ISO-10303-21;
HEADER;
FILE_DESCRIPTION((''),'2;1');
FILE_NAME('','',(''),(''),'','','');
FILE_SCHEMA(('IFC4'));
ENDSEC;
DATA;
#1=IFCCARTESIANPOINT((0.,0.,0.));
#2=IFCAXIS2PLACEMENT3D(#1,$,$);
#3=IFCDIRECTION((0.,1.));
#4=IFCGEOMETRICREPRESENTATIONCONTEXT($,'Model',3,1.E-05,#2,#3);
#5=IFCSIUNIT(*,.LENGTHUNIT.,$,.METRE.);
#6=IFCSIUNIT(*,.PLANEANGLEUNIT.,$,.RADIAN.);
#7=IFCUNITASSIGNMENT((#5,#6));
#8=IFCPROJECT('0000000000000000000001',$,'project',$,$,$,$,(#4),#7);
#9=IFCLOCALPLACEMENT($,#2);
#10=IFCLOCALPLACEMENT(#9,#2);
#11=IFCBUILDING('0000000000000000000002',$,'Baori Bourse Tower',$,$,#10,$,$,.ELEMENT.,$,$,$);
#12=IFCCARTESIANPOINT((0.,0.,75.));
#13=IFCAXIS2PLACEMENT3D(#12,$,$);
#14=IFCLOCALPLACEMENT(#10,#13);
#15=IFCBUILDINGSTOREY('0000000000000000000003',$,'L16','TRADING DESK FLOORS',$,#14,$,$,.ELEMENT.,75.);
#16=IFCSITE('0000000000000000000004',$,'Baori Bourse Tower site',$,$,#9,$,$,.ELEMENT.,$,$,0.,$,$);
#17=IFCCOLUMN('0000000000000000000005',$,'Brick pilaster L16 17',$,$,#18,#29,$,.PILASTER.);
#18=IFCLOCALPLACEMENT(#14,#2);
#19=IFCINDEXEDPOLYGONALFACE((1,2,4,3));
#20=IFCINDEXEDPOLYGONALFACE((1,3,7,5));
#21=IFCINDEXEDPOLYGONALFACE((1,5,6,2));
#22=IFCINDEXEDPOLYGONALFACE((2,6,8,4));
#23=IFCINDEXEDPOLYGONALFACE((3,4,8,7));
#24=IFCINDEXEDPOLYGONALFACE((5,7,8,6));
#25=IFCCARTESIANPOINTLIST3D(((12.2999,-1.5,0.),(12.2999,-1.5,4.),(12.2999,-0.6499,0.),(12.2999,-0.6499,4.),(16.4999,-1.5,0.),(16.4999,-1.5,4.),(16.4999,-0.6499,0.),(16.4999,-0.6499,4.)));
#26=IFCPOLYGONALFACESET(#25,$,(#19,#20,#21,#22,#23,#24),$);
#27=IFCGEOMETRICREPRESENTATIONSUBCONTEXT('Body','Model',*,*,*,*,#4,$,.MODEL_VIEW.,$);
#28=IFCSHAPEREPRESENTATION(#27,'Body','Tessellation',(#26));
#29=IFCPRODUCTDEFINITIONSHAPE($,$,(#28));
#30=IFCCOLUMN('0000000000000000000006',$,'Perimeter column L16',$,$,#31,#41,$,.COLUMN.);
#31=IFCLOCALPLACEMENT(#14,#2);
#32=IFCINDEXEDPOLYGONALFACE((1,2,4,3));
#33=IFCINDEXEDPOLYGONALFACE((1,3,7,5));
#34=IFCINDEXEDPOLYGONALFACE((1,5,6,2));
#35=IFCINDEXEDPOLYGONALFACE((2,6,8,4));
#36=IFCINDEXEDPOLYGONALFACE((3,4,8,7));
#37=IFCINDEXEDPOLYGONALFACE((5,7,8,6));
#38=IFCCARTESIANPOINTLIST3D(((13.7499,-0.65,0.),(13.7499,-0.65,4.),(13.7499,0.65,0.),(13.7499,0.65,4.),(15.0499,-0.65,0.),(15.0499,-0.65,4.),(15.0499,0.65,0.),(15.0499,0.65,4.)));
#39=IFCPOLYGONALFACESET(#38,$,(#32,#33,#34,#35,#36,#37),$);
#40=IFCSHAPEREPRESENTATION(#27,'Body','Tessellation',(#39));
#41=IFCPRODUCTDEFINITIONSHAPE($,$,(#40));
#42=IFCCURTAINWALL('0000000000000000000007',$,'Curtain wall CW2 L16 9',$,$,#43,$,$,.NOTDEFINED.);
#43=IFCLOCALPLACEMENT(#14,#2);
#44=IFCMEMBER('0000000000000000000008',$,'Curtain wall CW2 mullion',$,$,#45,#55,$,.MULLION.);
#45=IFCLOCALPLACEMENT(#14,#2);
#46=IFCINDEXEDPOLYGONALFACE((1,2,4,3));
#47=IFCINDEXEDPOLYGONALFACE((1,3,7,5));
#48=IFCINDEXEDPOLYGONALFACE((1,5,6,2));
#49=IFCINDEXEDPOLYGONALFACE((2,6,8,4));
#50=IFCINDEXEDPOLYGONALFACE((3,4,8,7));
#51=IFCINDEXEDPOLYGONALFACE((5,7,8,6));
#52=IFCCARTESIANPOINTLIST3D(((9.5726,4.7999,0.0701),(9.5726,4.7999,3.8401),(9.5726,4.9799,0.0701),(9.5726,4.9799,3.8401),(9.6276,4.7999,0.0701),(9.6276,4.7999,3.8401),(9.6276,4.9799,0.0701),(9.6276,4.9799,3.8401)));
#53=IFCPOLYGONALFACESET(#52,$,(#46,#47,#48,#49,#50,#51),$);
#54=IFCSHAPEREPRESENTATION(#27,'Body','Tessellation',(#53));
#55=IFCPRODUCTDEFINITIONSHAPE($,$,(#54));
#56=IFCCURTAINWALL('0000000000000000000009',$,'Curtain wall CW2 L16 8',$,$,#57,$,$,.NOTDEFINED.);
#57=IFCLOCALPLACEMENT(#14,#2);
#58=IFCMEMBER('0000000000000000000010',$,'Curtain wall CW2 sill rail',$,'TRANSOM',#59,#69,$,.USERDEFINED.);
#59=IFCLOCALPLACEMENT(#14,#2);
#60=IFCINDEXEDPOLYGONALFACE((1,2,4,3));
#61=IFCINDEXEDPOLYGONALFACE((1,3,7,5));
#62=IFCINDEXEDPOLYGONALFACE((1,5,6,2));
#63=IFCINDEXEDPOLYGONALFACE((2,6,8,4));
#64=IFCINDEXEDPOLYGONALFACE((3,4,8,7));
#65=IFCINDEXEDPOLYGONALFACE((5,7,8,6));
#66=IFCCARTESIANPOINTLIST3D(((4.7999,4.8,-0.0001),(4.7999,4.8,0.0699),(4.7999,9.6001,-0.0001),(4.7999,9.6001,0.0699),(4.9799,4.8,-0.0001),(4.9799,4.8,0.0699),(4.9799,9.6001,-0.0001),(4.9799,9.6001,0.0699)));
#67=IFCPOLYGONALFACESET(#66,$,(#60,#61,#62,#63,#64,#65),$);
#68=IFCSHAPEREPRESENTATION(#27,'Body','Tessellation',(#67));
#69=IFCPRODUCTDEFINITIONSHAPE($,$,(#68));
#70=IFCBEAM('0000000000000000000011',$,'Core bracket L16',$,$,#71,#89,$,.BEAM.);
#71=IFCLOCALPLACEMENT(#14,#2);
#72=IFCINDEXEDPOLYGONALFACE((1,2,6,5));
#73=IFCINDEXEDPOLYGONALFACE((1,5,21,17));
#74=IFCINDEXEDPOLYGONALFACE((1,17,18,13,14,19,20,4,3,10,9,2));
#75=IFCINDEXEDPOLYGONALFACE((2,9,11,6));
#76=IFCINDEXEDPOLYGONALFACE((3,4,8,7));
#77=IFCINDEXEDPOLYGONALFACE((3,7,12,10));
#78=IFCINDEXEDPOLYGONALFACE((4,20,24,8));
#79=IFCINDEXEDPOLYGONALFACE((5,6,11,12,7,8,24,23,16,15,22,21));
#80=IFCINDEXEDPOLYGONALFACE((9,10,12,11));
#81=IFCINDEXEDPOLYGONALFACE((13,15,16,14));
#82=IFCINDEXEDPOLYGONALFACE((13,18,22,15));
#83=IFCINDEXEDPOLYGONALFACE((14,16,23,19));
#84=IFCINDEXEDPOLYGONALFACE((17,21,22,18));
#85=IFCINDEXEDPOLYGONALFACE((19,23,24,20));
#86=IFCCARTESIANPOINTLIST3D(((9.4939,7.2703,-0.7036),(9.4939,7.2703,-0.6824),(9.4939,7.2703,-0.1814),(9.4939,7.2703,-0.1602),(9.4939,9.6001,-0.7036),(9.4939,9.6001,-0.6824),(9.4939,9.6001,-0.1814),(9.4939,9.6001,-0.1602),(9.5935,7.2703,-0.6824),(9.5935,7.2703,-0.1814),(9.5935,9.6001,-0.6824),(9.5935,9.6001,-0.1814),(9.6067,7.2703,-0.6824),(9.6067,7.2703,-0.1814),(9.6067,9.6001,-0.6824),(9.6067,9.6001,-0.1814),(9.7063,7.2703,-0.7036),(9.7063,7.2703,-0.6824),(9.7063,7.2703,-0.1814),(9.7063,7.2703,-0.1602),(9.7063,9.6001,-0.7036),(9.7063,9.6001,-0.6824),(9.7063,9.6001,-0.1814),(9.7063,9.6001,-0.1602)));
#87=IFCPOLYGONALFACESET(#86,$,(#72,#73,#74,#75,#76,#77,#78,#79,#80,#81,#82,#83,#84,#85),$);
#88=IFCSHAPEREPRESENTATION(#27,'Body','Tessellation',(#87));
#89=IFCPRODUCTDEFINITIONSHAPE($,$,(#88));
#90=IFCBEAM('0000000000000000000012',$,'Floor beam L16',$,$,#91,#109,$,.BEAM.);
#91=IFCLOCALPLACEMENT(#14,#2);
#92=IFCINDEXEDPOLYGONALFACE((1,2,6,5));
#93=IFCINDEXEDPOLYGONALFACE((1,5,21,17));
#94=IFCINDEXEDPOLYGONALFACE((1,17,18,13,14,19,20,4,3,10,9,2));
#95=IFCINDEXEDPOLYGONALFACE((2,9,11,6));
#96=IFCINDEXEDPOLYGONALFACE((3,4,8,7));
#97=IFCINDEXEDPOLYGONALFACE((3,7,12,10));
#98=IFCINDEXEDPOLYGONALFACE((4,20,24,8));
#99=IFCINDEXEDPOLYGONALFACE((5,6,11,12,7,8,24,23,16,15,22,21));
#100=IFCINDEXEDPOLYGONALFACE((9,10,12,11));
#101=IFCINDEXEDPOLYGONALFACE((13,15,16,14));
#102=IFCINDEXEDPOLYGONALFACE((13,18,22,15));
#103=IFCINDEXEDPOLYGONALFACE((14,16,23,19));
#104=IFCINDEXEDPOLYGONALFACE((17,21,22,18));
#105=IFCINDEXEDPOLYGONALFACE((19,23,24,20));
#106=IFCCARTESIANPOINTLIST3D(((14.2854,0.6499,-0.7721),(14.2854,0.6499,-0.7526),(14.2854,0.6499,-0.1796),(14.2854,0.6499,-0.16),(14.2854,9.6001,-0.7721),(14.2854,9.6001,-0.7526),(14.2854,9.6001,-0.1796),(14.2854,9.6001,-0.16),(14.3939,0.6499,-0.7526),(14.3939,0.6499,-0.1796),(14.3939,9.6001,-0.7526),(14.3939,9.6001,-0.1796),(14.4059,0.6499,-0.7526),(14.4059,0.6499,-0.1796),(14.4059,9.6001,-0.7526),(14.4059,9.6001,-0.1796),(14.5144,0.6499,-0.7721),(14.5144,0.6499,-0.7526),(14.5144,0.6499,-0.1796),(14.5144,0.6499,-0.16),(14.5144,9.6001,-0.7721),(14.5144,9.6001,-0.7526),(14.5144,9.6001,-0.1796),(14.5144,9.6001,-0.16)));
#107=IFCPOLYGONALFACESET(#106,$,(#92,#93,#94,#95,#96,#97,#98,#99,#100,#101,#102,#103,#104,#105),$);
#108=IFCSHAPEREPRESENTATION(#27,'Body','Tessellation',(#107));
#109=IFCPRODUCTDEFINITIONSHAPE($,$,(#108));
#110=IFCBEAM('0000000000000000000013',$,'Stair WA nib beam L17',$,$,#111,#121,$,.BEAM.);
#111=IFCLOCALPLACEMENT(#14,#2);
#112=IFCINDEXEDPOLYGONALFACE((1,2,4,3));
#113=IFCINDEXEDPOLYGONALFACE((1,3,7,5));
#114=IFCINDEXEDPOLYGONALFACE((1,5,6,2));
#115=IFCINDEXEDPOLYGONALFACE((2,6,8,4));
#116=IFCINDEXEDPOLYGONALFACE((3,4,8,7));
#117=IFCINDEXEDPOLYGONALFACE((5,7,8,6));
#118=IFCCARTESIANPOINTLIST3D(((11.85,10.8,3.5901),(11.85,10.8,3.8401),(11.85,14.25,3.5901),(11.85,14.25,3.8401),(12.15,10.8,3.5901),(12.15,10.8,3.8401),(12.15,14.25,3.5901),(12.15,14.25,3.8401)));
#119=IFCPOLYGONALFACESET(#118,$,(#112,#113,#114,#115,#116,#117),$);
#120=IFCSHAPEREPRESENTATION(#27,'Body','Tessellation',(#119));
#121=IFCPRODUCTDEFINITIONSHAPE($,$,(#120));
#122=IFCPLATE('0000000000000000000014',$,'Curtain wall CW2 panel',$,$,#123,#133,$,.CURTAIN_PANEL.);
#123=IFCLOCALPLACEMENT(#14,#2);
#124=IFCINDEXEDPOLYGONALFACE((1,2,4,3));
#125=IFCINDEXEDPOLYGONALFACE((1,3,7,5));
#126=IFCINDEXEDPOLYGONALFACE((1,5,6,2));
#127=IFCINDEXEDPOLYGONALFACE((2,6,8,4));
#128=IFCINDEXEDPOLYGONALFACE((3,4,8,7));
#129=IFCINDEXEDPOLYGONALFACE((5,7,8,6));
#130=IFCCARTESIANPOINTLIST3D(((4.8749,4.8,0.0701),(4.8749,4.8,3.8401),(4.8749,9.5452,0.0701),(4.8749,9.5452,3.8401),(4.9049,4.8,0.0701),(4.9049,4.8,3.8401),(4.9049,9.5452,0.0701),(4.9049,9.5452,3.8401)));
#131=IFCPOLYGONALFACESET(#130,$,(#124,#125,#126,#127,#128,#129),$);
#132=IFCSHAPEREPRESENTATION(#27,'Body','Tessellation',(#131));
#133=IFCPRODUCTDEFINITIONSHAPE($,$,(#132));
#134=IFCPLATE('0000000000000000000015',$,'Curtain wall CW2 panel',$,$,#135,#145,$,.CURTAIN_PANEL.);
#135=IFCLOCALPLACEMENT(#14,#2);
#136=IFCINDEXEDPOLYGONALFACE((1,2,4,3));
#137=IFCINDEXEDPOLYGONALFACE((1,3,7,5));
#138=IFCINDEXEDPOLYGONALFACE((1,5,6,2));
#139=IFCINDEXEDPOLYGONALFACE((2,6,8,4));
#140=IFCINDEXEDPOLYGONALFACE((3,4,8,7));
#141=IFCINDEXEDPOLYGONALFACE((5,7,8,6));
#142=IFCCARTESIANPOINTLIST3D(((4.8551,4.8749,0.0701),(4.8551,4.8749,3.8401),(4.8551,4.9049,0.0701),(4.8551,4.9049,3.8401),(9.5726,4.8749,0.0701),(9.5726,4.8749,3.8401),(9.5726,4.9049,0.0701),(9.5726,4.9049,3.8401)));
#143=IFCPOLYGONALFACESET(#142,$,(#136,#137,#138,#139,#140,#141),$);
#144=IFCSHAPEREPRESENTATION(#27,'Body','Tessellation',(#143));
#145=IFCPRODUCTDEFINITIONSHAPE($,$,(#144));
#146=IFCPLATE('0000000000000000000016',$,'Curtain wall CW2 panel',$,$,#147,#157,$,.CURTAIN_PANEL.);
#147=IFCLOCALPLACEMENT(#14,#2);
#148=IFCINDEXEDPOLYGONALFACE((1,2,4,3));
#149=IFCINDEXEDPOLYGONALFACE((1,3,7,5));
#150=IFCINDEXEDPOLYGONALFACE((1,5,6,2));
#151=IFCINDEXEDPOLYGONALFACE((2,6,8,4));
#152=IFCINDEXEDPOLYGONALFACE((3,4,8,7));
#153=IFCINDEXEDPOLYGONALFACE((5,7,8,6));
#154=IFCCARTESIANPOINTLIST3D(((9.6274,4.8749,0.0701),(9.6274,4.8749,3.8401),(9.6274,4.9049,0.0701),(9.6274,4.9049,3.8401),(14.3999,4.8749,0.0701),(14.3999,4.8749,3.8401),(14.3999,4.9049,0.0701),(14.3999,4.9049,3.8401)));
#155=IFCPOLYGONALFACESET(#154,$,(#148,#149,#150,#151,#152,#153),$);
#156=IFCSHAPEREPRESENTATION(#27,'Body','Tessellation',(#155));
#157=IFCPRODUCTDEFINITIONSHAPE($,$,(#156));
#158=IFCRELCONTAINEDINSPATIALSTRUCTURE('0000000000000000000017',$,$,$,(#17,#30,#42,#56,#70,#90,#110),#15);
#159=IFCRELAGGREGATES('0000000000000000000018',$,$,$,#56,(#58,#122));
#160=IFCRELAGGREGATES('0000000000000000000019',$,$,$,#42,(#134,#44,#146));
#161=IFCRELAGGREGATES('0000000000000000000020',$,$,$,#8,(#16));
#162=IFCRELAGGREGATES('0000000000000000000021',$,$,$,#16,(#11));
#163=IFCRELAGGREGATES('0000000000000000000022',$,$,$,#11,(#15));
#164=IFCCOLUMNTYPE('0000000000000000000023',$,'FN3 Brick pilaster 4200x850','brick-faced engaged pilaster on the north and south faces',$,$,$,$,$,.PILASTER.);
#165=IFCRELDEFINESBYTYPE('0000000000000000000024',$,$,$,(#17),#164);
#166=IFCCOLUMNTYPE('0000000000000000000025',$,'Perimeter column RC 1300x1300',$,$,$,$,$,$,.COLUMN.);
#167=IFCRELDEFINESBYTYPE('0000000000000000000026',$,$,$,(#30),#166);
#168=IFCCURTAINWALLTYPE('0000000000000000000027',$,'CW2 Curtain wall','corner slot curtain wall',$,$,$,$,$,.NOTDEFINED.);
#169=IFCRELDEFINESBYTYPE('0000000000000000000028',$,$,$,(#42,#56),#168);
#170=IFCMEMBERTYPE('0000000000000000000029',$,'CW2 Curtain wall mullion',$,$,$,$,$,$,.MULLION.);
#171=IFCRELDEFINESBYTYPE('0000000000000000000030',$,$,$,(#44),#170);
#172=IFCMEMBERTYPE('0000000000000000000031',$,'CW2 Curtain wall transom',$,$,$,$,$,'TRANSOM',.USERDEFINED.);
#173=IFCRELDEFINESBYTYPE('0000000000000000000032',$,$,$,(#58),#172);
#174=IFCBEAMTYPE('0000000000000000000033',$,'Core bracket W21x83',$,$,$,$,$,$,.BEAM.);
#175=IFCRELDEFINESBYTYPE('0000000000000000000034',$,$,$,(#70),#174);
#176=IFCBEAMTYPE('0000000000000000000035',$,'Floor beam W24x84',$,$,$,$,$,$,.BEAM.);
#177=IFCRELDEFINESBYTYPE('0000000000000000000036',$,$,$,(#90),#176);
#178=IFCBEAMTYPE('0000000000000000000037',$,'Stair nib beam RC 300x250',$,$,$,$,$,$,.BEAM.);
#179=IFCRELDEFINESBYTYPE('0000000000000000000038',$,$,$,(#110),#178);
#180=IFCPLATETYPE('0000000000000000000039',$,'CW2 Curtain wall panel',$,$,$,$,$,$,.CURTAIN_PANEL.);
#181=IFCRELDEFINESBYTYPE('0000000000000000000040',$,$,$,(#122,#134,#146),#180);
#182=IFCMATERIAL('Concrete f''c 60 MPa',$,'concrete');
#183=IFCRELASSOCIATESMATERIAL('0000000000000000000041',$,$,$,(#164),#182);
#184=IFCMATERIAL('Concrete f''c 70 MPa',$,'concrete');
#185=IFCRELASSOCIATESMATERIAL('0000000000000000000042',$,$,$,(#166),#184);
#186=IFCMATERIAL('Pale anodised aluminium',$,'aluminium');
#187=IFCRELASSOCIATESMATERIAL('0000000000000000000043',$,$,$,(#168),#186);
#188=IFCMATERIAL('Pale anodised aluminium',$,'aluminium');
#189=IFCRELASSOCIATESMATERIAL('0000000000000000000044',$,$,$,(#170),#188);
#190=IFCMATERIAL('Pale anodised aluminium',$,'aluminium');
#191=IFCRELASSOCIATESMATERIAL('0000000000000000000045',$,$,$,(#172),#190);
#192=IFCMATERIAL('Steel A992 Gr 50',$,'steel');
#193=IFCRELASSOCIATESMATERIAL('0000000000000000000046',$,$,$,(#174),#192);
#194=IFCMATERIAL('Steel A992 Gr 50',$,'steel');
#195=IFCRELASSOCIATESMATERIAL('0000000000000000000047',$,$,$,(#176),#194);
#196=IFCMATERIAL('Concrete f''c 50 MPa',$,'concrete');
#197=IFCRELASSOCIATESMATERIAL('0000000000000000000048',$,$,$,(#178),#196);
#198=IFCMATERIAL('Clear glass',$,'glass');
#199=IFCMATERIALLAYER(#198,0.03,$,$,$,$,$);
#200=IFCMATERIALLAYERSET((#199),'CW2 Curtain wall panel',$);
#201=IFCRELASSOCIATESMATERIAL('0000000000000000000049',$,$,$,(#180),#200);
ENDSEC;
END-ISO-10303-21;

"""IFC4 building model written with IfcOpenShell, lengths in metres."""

from ifc_helpers import new_model, si_unit, direction, frame, origin, origin_2d, place, context, subcontext, project, spatial, rectangle, i_section, extrude, material, layer, layer_set, material_profile, profile_set, type_object, element, aggregate, save


model = new_model("IFC4")

# Units and contexts
model_context = context("Model", 3, precision=1e-05, world=origin(), true_north=direction((0.0, 1.0)))
body_context = subcontext(model_context, "Body", "Model", "MODEL_VIEW")
ifc_project = project(units=[si_unit("LENGTHUNIT", "METRE"), si_unit("PLANEANGLEUNIT", "RADIAN")], contexts=[model_context])

# Site, building, storey
site_placement = place(None, origin())
site = spatial("IfcSite", under=ifc_project, at=site_placement, Name="Baori Bourse Tower site", CompositionType="ELEMENT", RefElevation=0.0)
building_placement = place(site_placement, origin())
building = spatial("IfcBuilding", under=site, at=building_placement, Name="Baori Bourse Tower", CompositionType="ELEMENT")
storey_placement = place(building_placement, frame((0.0, 0.0, 75.0)))
storey = spatial("IfcBuildingStorey", under=building, at=storey_placement, Name="L16", Description="TRADING DESK FLOORS", CompositionType="ELEMENT", Elevation=75.0)

# Columns
ifc_material_1 = material(Name="Concrete f'c 60 MPa", Category="concrete")
ifc_material_profile_1 = material_profile(ifc_material_1, rectangle(XDim=4.2, YDim=0.8501, at=origin_2d()), Name="RC 4200x850")
ifc_profile_set_1 = profile_set([ifc_material_profile_1], Name="Concrete f'c 60 MPa")
column_type_1 = type_object("IfcColumnType", Name="FN3 Brick pilaster 4200x850", Description="brick-faced engaged pilaster on the north and south faces", PredefinedType="PILASTER", material=ifc_profile_set_1)
column_1_placement = place(storey_placement, frame((14.3999, -1.075, 0.0), z_axis=(0.0, 0.0, 1.0), x_axis=(1.0, 0.0, 0.0)))
element("IfcColumn", 1, at=column_1_placement, inside=storey, type_object=column_type_1, Name="Brick pilaster L16 17", PredefinedType="PILASTER", context=body_context, shape_type="SweptSolid", body=[
    extrude(rectangle(XDim=4.2, YDim=0.8501, at=origin_2d()), origin(), (0.0, 0.0, 1.0), 4.0),
])
ifc_material_2 = material(Name="Concrete f'c 70 MPa", Category="concrete")
ifc_material_profile_2 = material_profile(ifc_material_2, rectangle(XDim=1.3, YDim=1.3, at=origin_2d()), Name="RC 1300x1300")
ifc_profile_set_2 = profile_set([ifc_material_profile_2], Name="Concrete f'c 70 MPa")
column_type_2 = type_object("IfcColumnType", Name="Perimeter column RC 1300x1300", PredefinedType="COLUMN", material=ifc_profile_set_2)
column_2_placement = place(storey_placement, frame((14.3999, 0.0, 0.0), z_axis=(0.0, 0.0, 1.0), x_axis=(1.0, 0.0, 0.0)))
element("IfcColumn", 2, at=column_2_placement, inside=storey, type_object=column_type_2, Name="Perimeter column L16", PredefinedType="COLUMN", context=body_context, shape_type="SweptSolid", body=[
    extrude(rectangle(XDim=1.3, YDim=1.3, at=origin_2d()), origin(), (0.0, 0.0, 1.0), 4.0),
])

# Curtain walls, members
ifc_material_3 = material(Name="Pale anodised aluminium", Category="aluminium")
curtain_wall_type = type_object("IfcCurtainWallType", Name="CW2 Curtain wall", Description="corner slot curtain wall", PredefinedType="NOTDEFINED", material=ifc_material_3)
curtain_wall_1_placement = place(storey_placement, origin())
curtain_wall_1 = element("IfcCurtainWall", 3, at=curtain_wall_1_placement, inside=storey, type_object=curtain_wall_type, Name="Curtain wall CW2 L16 9", PredefinedType="NOTDEFINED")
ifc_material_4 = material(Name="Pale anodised aluminium", Category="aluminium")
ifc_material_profile_3 = material_profile(ifc_material_4, rectangle(XDim=0.1799, YDim=0.0549, at=origin_2d()), Name="Mullion 55x180")
ifc_profile_set_3 = profile_set([ifc_material_profile_3], Name="Pale anodised aluminium")
member_type_1 = type_object("IfcMemberType", Name="CW2 Curtain wall mullion", PredefinedType="MULLION", material=ifc_profile_set_3)
member_1_placement = place(storey_placement, frame((9.6001, 4.8899, 0.0701), z_axis=(0.0, 0.0, 1.0), x_axis=(0.0, 1.0, 0.0)))
member_1 = element("IfcMember", 4, at=member_1_placement, type_object=member_type_1, Name="Curtain wall CW2 mullion", PredefinedType="MULLION", context=body_context, shape_type="SweptSolid", body=[
    extrude(rectangle(XDim=0.1799, YDim=0.0549, at=origin_2d()), origin(), (0.0, 0.0, 1.0), 3.77),
])
curtain_wall_2_placement = place(storey_placement, origin())
curtain_wall_2 = element("IfcCurtainWall", 5, at=curtain_wall_2_placement, inside=storey, type_object=curtain_wall_type, Name="Curtain wall CW2 L16 8", PredefinedType="NOTDEFINED")
ifc_material_5 = material(Name="Pale anodised aluminium", Category="aluminium")
ifc_material_profile_4 = material_profile(ifc_material_5, rectangle(XDim=0.1799, YDim=0.0701, at=origin_2d()), Name="Transom 70x180")
ifc_profile_set_4 = profile_set([ifc_material_profile_4], Name="Pale anodised aluminium")
member_type_2 = type_object("IfcMemberType", Name="CW2 Curtain wall transom", ElementType="TRANSOM", PredefinedType="USERDEFINED", material=ifc_profile_set_4)
member_2_placement = place(storey_placement, frame((4.8899, 9.6001, 0.0349), z_axis=(0.0, -1.0, 0.0), x_axis=(1.0, 0.0, 0.0)))
member_2 = element("IfcMember", 6, at=member_2_placement, type_object=member_type_2, Name="Curtain wall CW2 sill rail", ObjectType="TRANSOM", PredefinedType="USERDEFINED", context=body_context, shape_type="SweptSolid", body=[
    extrude(rectangle(XDim=0.1799, YDim=0.0701, at=origin_2d()), origin(), (0.0, 0.0, 1.0), 4.8),
])

# Beams
ifc_material_6 = material(Name="Steel A992 Gr 50", Category="steel")
ifc_material_profile_5 = material_profile(ifc_material_6, i_section(OverallWidth=0.2124, OverallDepth=0.5435, WebThickness=0.0132, FlangeThickness=0.0212, at=origin_2d()), Name="W21x83")
ifc_profile_set_5 = profile_set([ifc_material_profile_5], Name="Steel A992 Gr 50")
beam_type_1 = type_object("IfcBeamType", Name="Core bracket W21x83", PredefinedType="BEAM", material=ifc_profile_set_5)
beam_1_placement = place(storey_placement, frame((9.6001, 7.2703, -0.4319), z_axis=(0.0, 1.0, 0.0), x_axis=(-1.0, 0.0, 0.0)))
element("IfcBeam", 7, at=beam_1_placement, inside=storey, type_object=beam_type_1, Name="Core bracket L16", PredefinedType="BEAM", context=body_context, shape_type="SweptSolid", body=[
    extrude(i_section(OverallWidth=0.2124, OverallDepth=0.5435, WebThickness=0.0132, FlangeThickness=0.0212, at=origin_2d()), origin(), (0.0, 0.0, 1.0), 2.3298),
])
ifc_material_7 = material(Name="Steel A992 Gr 50", Category="steel")
ifc_material_profile_6 = material_profile(ifc_material_7, i_section(OverallWidth=0.229, OverallDepth=0.6121, WebThickness=0.012, FlangeThickness=0.0195, at=origin_2d()), Name="W24x84")
ifc_profile_set_6 = profile_set([ifc_material_profile_6], Name="Steel A992 Gr 50")
beam_type_2 = type_object("IfcBeamType", Name="Floor beam W24x84", PredefinedType="BEAM", material=ifc_profile_set_6)
beam_2_placement = place(storey_placement, frame((14.3999, 0.6499, -0.4661), z_axis=(0.0, 1.0, 0.0), x_axis=(-1.0, 0.0, 0.0)))
element("IfcBeam", 8, at=beam_2_placement, inside=storey, type_object=beam_type_2, Name="Floor beam L16", PredefinedType="BEAM", context=body_context, shape_type="SweptSolid", body=[
    extrude(i_section(OverallWidth=0.229, OverallDepth=0.6121, WebThickness=0.012, FlangeThickness=0.0195, at=origin_2d()), origin(), (0.0, 0.0, 1.0), 8.9502),
])
ifc_material_8 = material(Name="Concrete f'c 50 MPa", Category="concrete")
ifc_material_profile_7 = material_profile(ifc_material_8, rectangle(XDim=0.3, YDim=0.25, at=origin_2d()), Name="RC 300x250")
ifc_profile_set_7 = profile_set([ifc_material_profile_7], Name="Concrete f'c 50 MPa")
beam_type_3 = type_object("IfcBeamType", Name="Stair nib beam RC 300x250", PredefinedType="BEAM", material=ifc_profile_set_7)
beam_3_placement = place(storey_placement, frame((12.0, 10.8, 3.7151), z_axis=(0.0, 1.0, 0.0), x_axis=(-1.0, 0.0, 0.0)))
element("IfcBeam", 9, at=beam_3_placement, inside=storey, type_object=beam_type_3, Name="Stair WA nib beam L17", PredefinedType="BEAM", context=body_context, shape_type="SweptSolid", body=[
    extrude(rectangle(XDim=0.3, YDim=0.25, at=origin_2d()), origin(), (0.0, 0.0, 1.0), 3.45),
])

# Plates
ifc_material_9 = material(Name="Clear glass", Category="glass")
ifc_layer_1 = layer(ifc_material_9, 0.03)
ifc_layer_set_1 = layer_set([ifc_layer_1], Name="CW2 Curtain wall panel")
plate_type = type_object("IfcPlateType", Name="CW2 Curtain wall panel", PredefinedType="CURTAIN_PANEL", material=ifc_layer_set_1)
plate_1_placement = place(storey_placement, frame((4.8899, 7.1726, 0.0701), z_axis=(0.0, 0.0, 1.0), x_axis=(0.0, -1.0, 0.0)))
plate_1 = element("IfcPlate", 10, at=plate_1_placement, type_object=plate_type, Name="Curtain wall CW2 panel", PredefinedType="CURTAIN_PANEL", context=body_context, shape_type="SweptSolid", body=[
    extrude(rectangle(XDim=4.7451, YDim=0.03, at=origin_2d()), origin(), (0.0, 0.0, 1.0), 3.77),
])
aggregate(curtain_wall_2, [member_2, plate_1])
plate_2_placement = place(storey_placement, frame((7.2139, 4.8899, 0.0701), z_axis=(0.0, 0.0, 1.0), x_axis=(1.0, 0.0, 0.0)))
plate_2 = element("IfcPlate", 11, at=plate_2_placement, type_object=plate_type, Name="Curtain wall CW2 panel", PredefinedType="CURTAIN_PANEL", context=body_context, shape_type="SweptSolid", body=[
    extrude(rectangle(XDim=4.7175, YDim=0.03, at=origin_2d()), origin(), (0.0, 0.0, 1.0), 3.77),
])
plate_3_placement = place(storey_placement, frame((12.0137, 4.8899, 0.0701), z_axis=(0.0, 0.0, 1.0), x_axis=(1.0, 0.0, 0.0)))
plate_3 = element("IfcPlate", 12, at=plate_3_placement, type_object=plate_type, Name="Curtain wall CW2 panel", PredefinedType="CURTAIN_PANEL", context=body_context, shape_type="SweptSolid", body=[
    extrude(rectangle(XDim=4.7725, YDim=0.03, at=origin_2d()), origin(), (0.0, 0.0, 1.0), 3.77),
])
aggregate(curtain_wall_1, [plate_2, member_1, plate_3])

save(model, "model.ifc")
